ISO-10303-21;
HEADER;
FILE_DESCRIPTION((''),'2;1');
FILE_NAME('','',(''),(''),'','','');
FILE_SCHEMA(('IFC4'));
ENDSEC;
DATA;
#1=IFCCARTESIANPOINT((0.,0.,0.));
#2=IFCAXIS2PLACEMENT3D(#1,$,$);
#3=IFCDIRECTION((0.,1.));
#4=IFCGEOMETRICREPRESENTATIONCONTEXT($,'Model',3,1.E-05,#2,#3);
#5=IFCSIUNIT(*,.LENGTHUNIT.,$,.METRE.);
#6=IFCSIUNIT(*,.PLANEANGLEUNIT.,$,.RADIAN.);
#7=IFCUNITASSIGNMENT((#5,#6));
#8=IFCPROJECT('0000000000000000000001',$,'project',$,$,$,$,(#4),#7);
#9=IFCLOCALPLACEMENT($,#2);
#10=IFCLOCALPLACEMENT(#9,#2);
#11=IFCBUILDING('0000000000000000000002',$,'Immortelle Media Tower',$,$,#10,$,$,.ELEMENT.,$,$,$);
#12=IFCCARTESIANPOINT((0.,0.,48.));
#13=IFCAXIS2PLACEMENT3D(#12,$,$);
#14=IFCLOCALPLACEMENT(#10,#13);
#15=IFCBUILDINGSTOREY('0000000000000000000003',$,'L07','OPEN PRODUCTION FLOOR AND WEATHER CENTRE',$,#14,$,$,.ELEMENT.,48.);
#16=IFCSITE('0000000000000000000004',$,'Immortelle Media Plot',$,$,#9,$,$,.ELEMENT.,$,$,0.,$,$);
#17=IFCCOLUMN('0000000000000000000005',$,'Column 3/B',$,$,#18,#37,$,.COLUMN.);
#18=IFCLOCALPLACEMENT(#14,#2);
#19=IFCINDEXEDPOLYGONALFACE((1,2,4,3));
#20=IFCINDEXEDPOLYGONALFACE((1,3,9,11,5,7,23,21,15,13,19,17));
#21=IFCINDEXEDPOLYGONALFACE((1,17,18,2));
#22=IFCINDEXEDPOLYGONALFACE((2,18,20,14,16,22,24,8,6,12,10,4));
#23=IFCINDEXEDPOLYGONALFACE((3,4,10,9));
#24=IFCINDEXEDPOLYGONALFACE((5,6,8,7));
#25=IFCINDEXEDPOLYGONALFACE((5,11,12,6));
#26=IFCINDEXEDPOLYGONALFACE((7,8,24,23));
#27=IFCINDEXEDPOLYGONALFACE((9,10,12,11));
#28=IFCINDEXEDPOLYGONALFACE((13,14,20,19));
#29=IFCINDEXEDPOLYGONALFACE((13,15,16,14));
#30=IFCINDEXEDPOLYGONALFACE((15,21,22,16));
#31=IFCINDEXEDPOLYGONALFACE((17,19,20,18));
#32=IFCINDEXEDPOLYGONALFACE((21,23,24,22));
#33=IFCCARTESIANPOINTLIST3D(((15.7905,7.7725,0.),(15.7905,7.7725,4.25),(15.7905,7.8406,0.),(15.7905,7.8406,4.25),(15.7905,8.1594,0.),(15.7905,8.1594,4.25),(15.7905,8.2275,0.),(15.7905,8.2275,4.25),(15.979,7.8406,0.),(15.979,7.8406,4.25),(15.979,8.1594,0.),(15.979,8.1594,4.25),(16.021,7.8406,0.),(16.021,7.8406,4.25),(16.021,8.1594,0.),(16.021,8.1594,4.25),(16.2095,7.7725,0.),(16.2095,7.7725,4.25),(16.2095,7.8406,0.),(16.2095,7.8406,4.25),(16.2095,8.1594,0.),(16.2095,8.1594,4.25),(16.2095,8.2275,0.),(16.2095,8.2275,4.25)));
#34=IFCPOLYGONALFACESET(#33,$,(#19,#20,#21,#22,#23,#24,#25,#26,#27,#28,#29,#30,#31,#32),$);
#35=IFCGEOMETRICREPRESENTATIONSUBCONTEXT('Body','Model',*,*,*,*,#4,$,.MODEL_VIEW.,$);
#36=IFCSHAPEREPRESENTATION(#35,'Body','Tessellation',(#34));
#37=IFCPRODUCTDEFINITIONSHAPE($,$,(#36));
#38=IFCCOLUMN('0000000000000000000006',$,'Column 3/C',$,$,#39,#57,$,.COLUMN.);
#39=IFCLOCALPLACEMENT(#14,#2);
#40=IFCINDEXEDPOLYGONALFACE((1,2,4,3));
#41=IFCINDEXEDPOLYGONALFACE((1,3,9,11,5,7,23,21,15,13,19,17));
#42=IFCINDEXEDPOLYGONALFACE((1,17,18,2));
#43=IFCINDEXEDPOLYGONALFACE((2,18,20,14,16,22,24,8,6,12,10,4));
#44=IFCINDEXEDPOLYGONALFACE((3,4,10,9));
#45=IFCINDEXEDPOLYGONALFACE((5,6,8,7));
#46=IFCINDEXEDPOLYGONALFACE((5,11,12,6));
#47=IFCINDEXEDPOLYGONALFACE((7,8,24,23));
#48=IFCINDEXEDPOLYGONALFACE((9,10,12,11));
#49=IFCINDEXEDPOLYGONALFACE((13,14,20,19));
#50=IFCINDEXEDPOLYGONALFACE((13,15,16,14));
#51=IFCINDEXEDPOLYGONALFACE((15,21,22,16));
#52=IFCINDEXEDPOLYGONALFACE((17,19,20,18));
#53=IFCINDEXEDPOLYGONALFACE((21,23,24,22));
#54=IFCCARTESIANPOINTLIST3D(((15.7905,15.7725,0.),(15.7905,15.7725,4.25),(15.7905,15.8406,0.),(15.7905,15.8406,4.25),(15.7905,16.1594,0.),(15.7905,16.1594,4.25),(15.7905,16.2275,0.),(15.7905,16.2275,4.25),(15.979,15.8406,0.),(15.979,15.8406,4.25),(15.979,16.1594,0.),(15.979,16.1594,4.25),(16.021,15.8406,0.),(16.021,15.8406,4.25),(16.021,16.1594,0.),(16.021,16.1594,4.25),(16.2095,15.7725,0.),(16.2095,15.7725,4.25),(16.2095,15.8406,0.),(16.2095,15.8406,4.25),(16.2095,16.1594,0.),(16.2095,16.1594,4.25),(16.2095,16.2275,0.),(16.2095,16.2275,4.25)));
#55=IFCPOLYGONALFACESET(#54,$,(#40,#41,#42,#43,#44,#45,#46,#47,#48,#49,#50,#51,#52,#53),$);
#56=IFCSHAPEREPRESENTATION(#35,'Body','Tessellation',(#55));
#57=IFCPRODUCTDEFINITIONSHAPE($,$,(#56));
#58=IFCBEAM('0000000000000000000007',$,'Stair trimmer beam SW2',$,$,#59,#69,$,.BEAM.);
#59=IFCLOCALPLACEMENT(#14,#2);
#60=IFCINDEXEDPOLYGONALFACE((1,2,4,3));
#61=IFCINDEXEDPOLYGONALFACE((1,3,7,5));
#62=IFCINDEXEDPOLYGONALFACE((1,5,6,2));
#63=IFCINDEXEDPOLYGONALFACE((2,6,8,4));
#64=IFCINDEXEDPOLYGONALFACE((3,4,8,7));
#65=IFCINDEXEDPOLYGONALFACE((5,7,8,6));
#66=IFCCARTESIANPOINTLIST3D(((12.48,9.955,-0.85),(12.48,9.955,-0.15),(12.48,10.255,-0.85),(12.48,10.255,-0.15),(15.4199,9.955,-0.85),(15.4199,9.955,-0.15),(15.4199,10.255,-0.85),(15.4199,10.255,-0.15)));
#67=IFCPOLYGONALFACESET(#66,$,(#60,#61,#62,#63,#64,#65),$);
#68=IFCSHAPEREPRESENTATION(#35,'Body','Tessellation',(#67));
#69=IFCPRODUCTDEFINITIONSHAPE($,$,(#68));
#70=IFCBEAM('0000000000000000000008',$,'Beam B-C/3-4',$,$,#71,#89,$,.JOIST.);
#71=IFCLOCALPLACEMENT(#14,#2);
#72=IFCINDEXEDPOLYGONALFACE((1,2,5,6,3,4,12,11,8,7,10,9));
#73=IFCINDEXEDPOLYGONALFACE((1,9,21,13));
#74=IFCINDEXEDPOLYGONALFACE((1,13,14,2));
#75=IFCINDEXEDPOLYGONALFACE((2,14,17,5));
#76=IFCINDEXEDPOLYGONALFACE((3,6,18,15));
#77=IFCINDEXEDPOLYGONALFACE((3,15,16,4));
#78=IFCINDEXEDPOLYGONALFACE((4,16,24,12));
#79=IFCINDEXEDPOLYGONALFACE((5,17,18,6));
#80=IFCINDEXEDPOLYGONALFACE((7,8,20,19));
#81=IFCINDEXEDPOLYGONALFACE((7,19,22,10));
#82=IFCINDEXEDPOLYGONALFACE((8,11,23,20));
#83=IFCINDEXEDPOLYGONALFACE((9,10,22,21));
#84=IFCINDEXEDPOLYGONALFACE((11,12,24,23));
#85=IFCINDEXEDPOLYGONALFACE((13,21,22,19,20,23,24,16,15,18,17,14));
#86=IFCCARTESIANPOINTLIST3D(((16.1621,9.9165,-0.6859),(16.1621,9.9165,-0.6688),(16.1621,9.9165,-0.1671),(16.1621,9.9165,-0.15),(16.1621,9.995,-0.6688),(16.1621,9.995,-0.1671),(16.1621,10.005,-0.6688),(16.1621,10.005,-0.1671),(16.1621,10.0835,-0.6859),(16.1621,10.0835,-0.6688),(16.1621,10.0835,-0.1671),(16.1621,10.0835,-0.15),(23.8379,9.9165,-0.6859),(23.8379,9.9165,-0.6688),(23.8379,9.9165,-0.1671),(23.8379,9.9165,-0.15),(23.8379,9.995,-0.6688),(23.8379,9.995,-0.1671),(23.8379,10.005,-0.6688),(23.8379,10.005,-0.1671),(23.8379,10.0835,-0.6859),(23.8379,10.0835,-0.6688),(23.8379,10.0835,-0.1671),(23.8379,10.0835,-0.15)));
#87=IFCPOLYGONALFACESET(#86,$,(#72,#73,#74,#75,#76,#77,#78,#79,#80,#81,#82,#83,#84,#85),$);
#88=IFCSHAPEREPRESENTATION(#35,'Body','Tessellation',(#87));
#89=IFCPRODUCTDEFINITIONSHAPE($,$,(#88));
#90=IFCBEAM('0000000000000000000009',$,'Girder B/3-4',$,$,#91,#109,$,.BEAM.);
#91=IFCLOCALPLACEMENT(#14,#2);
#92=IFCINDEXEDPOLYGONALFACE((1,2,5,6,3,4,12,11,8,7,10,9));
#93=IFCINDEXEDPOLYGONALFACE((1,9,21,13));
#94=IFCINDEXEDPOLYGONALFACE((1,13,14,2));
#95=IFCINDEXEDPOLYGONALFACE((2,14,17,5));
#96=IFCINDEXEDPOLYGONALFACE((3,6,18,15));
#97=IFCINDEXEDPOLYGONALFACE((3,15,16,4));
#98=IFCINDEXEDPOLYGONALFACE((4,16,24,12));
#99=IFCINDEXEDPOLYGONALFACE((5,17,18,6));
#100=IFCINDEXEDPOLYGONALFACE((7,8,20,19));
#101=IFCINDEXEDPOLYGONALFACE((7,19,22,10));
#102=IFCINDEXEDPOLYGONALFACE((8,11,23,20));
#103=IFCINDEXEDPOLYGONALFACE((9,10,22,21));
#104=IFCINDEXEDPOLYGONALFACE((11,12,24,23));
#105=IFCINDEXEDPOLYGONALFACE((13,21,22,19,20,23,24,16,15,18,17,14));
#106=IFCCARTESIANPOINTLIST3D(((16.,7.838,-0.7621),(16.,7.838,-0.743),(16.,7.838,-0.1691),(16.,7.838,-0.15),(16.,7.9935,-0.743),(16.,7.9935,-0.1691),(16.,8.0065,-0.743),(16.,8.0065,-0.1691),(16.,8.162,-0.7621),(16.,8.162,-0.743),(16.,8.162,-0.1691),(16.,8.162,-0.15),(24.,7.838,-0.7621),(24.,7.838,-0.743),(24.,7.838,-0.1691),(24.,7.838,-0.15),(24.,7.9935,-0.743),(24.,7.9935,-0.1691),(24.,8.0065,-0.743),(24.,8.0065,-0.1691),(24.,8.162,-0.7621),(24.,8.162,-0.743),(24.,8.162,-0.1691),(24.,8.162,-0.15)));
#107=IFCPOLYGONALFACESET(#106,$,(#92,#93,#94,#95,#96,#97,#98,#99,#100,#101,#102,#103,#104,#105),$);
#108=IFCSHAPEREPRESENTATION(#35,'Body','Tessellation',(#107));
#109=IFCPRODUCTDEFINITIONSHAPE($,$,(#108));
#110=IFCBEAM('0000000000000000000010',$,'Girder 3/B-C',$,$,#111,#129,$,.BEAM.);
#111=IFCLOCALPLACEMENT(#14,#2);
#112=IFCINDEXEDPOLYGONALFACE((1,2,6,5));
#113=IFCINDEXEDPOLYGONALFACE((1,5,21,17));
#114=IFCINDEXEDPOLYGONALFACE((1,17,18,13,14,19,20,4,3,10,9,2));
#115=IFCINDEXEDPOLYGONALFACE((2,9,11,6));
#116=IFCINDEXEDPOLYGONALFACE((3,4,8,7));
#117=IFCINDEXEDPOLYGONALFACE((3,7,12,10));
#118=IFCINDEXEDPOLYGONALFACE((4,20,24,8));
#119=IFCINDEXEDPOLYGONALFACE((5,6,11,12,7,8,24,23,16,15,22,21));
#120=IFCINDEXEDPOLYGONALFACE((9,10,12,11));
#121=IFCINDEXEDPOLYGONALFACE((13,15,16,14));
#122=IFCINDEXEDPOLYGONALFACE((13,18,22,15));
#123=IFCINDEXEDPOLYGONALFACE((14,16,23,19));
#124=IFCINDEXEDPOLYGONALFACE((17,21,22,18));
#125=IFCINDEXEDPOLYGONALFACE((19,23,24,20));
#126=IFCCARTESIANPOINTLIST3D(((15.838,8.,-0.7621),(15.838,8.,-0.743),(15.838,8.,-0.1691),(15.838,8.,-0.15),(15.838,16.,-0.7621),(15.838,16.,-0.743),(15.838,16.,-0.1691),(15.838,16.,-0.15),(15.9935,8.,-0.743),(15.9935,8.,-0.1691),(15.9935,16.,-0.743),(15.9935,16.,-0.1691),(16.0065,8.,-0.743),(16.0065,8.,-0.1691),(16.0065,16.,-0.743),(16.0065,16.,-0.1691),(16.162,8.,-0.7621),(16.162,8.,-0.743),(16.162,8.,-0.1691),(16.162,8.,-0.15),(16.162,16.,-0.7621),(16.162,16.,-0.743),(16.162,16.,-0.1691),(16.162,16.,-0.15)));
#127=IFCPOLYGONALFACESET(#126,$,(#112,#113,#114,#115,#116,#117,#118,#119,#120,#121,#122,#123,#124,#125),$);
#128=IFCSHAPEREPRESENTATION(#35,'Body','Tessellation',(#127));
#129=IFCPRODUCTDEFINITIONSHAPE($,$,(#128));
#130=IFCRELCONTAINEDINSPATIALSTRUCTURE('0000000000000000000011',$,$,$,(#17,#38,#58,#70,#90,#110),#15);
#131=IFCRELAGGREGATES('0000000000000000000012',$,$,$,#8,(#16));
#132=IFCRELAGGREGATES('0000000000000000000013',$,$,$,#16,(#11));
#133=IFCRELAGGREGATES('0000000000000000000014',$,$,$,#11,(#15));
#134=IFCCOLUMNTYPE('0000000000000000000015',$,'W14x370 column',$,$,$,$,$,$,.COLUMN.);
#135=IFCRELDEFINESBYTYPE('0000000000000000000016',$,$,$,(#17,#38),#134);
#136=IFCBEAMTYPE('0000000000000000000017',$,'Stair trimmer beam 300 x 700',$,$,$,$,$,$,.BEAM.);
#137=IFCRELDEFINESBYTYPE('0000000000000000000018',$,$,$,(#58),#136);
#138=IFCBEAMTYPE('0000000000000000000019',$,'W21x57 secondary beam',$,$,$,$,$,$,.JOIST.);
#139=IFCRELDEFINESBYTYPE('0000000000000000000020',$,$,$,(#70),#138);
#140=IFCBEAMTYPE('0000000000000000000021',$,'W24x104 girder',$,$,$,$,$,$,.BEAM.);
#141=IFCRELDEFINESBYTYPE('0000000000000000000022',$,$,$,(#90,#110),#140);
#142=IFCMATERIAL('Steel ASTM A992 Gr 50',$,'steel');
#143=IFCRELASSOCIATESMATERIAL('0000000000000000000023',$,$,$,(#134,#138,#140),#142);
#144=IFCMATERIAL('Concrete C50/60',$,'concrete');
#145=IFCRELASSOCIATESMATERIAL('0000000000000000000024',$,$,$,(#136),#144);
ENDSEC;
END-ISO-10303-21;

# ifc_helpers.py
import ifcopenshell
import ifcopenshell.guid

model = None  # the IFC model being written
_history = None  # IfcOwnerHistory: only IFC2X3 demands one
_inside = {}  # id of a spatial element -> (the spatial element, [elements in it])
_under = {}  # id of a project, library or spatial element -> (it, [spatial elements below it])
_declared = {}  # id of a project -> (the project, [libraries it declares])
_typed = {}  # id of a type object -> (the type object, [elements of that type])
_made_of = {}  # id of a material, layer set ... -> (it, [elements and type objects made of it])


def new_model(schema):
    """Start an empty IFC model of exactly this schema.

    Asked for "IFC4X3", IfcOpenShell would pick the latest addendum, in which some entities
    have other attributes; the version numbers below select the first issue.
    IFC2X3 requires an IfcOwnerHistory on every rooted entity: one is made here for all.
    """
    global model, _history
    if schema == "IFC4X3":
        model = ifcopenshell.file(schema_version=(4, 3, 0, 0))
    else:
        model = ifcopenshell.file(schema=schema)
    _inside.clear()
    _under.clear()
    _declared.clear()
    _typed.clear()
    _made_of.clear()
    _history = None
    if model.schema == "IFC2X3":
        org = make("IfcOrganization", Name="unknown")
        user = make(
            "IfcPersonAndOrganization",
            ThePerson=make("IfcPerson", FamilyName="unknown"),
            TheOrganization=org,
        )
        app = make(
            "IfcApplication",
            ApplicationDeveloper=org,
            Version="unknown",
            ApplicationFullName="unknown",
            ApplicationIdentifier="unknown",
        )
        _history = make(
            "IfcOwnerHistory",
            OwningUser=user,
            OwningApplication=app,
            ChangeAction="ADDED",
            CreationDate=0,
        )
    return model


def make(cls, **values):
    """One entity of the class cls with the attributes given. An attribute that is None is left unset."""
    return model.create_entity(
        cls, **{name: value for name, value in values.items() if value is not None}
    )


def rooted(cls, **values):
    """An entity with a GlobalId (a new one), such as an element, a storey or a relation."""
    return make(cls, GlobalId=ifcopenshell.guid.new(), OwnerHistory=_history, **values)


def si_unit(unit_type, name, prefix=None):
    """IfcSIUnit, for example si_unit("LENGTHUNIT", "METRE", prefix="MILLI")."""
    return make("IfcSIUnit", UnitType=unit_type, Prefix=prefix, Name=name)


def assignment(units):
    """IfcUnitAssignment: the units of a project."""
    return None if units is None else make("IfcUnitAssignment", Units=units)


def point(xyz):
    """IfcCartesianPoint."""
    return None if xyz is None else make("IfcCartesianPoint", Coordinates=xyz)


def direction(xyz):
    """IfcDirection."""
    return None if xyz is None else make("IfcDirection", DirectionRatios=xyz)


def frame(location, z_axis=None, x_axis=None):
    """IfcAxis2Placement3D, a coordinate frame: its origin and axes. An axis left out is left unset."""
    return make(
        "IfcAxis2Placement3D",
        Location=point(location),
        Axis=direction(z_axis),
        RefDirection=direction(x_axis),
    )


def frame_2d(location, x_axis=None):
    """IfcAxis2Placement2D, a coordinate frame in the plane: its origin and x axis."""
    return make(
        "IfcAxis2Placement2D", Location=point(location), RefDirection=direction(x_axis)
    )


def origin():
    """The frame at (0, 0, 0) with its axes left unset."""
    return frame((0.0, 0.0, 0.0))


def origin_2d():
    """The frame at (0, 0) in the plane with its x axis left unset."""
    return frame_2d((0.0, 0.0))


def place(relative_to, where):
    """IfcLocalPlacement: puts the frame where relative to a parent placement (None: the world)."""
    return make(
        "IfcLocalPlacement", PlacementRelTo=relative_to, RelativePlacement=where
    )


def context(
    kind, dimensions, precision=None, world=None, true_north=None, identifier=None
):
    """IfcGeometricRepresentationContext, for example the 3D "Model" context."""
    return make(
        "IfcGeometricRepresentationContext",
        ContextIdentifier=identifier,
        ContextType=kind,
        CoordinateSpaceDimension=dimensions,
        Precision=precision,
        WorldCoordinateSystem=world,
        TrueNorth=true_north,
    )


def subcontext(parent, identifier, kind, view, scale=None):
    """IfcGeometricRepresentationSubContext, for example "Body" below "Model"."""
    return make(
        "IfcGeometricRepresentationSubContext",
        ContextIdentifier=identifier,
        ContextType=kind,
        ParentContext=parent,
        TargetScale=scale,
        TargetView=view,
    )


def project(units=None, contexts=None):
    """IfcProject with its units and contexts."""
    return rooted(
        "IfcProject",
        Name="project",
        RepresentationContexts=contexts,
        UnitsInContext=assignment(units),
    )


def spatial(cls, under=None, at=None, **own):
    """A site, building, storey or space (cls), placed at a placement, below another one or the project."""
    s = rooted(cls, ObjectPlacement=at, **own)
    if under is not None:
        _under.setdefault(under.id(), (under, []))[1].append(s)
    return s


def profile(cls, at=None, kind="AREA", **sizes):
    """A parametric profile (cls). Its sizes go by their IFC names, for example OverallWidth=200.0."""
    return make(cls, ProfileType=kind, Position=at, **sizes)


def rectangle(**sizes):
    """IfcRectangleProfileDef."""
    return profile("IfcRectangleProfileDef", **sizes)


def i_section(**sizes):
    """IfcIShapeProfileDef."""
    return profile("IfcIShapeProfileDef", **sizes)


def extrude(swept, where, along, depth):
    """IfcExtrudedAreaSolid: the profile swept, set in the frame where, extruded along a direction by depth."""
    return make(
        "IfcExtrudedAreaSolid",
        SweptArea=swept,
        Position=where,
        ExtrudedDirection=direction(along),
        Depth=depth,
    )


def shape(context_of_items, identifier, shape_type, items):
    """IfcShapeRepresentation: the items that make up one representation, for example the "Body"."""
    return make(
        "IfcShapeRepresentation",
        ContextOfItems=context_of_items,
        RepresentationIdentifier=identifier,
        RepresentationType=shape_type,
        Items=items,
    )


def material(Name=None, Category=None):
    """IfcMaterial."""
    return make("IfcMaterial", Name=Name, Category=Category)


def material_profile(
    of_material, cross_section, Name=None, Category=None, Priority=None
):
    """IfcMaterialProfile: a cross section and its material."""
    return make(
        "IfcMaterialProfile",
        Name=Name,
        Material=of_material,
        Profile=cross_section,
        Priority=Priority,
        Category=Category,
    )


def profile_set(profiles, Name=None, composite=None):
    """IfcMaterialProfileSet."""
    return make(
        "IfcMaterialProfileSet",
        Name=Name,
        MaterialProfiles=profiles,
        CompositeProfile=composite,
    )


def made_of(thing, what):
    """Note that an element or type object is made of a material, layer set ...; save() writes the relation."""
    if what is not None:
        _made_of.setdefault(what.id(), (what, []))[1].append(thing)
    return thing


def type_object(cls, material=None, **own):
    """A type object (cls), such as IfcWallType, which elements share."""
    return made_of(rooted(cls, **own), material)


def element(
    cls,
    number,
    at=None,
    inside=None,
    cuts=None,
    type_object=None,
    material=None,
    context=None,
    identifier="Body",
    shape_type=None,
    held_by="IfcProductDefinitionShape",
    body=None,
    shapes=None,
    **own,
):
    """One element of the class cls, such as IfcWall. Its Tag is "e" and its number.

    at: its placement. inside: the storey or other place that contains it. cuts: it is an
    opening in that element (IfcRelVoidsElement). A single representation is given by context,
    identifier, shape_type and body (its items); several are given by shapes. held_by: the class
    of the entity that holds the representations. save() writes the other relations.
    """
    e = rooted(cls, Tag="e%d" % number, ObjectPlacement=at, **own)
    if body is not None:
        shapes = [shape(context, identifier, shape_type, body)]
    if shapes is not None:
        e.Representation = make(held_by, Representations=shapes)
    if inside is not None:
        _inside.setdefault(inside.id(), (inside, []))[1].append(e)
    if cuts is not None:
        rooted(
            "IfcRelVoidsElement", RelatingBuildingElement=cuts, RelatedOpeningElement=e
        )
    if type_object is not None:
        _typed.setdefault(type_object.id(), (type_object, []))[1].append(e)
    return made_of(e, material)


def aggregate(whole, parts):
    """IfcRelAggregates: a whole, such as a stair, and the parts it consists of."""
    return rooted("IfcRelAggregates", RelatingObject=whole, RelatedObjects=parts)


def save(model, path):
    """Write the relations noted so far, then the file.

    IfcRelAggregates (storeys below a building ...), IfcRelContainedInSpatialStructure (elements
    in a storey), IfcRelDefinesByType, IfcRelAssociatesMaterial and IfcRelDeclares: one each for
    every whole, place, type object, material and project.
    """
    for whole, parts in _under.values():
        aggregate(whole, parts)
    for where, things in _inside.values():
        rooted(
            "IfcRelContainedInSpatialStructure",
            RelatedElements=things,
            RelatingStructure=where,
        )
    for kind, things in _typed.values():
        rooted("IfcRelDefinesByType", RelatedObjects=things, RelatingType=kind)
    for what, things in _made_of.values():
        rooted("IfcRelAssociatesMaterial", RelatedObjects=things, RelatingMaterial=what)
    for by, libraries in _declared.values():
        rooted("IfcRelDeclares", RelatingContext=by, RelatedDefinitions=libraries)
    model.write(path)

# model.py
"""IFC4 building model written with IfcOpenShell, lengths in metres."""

from ifc_helpers import new_model, si_unit, direction, frame, origin, origin_2d, place, context, subcontext, project, spatial, rectangle, i_section, extrude, material, material_profile, profile_set, type_object, element, save


model = new_model("IFC4")

# Units and contexts
model_context = context("Model", 3, precision=1e-05, world=origin(), true_north=direction((0.0, 1.0)))
body_context = subcontext(model_context, "Body", "Model", "MODEL_VIEW")
ifc_project = project(units=[si_unit("LENGTHUNIT", "METRE"), si_unit("PLANEANGLEUNIT", "RADIAN")], contexts=[model_context])

# Site, building, storey
site_placement = place(None, origin())
site = spatial("IfcSite", under=ifc_project, at=site_placement, Name="Immortelle Media Plot", CompositionType="ELEMENT", RefElevation=0.0)
building_placement = place(site_placement, origin())
building = spatial("IfcBuilding", under=site, at=building_placement, Name="Immortelle Media Tower", CompositionType="ELEMENT")
storey_placement = place(building_placement, frame((0.0, 0.0, 48.0)))
storey = spatial("IfcBuildingStorey", under=building, at=storey_placement, Name="L07", Description="OPEN PRODUCTION FLOOR AND WEATHER CENTRE", CompositionType="ELEMENT", Elevation=48.0)

# Columns
ifc_material_1 = material(Name="Steel ASTM A992 Gr 50", Category="steel")
ifc_material_profile_1 = material_profile(ifc_material_1, i_section(OverallWidth=0.4189, OverallDepth=0.4551, WebThickness=0.042, FlangeThickness=0.0681, at=origin_2d()), Name="W14x370")
ifc_profile_set_1 = profile_set([ifc_material_profile_1], Name="Steel ASTM A992 Gr 50")
column_type = type_object("IfcColumnType", Name="W14x370 column", PredefinedType="COLUMN", material=ifc_profile_set_1)
for number, where, z_axis, x_axis, name in (
    (1, (16.0, 8.0, 0.0), (0.0, 0.0, 1.0), (1.0, 0.0, 0.0), "Column 3/B"),
    (2, (16.0, 16.0, 0.0), (0.0, 0.0, 1.0), (1.0, 0.0, 0.0), "Column 3/C"),
):
    element("IfcColumn", number, at=place(storey_placement, frame(where, z_axis=z_axis, x_axis=x_axis)), inside=storey, type_object=column_type, Name=name, PredefinedType="COLUMN", context=body_context, shape_type="SweptSolid", body=[
        extrude(i_section(OverallWidth=0.4189, OverallDepth=0.4551, WebThickness=0.042, FlangeThickness=0.0681, at=origin_2d()), origin(), (0.0, 0.0, 1.0), 4.25),
    ])

# Beams
ifc_material_2 = material(Name="Concrete C50/60", Category="concrete")
ifc_material_profile_2 = material_profile(ifc_material_2, rectangle(XDim=0.3, YDim=0.7, at=origin_2d()), Name="RC 300x700")
ifc_profile_set_2 = profile_set([ifc_material_profile_2], Name="Concrete C50/60")
beam_type_1 = type_object("IfcBeamType", Name="Stair trimmer beam 300 x 700", PredefinedType="BEAM", material=ifc_profile_set_2)
beam_1_placement = place(storey_placement, frame((12.48, 10.105, -0.5), z_axis=(1.0, 0.0, 0.0), x_axis=(0.0, 1.0, 0.0)))
element("IfcBeam", 3, at=beam_1_placement, inside=storey, type_object=beam_type_1, Name="Stair trimmer beam SW2", PredefinedType="BEAM", context=body_context, shape_type="SweptSolid", body=[
    extrude(rectangle(XDim=0.3, YDim=0.7, at=origin_2d()), origin(), (0.0, 0.0, 1.0), 2.9399),
])
ifc_material_profile_3 = material_profile(ifc_material_1, i_section(OverallWidth=0.167, OverallDepth=0.5359, WebThickness=0.01, FlangeThickness=0.0171, at=origin_2d()), Name="W21x57")
ifc_profile_set_3 = profile_set([ifc_material_profile_3], Name="Steel ASTM A992 Gr 50")
beam_type_2 = type_object("IfcBeamType", Name="W21x57 secondary beam", PredefinedType="JOIST", material=ifc_profile_set_3)
beam_2_placement = place(storey_placement, frame((16.1621, 10.0, -0.418), z_axis=(1.0, 0.0, 0.0), x_axis=(0.0, 1.0, 0.0)))
element("IfcBeam", 4, at=beam_2_placement, inside=storey, type_object=beam_type_2, Name="Beam B-C/3-4", PredefinedType="JOIST", context=body_context, shape_type="SweptSolid", body=[
    extrude(i_section(OverallWidth=0.167, OverallDepth=0.5359, WebThickness=0.01, FlangeThickness=0.0171, at=origin_2d()), origin(), (0.0, 0.0, 1.0), 7.6758),
])
ifc_material_profile_4 = material_profile(ifc_material_1, i_section(OverallWidth=0.324, OverallDepth=0.6121, WebThickness=0.0129, FlangeThickness=0.019, at=origin_2d()), Name="W24x104")
ifc_profile_set_4 = profile_set([ifc_material_profile_4], Name="Steel ASTM A992 Gr 50")
beam_type_3 = type_object("IfcBeamType", Name="W24x104 girder", PredefinedType="BEAM", material=ifc_profile_set_4)
for number, where, z_axis, x_axis, name in (
    (5, (16.0, 8.0, -0.4561), (1.0, 0.0, 0.0), (0.0, 1.0, 0.0), "Girder B/3-4"),
    (6, (16.0, 8.0, -0.4561), (0.0, 1.0, 0.0), (-1.0, 0.0, 0.0), "Girder 3/B-C"),
):
    element("IfcBeam", number, at=place(storey_placement, frame(where, z_axis=z_axis, x_axis=x_axis)), inside=storey, type_object=beam_type_3, Name=name, PredefinedType="BEAM", context=body_context, shape_type="SweptSolid", body=[
        extrude(i_section(OverallWidth=0.324, OverallDepth=0.6121, WebThickness=0.0129, FlangeThickness=0.019, at=origin_2d()), origin(), (0.0, 0.0, 1.0), 8.0),
    ])

save(model, "model.ifc")
